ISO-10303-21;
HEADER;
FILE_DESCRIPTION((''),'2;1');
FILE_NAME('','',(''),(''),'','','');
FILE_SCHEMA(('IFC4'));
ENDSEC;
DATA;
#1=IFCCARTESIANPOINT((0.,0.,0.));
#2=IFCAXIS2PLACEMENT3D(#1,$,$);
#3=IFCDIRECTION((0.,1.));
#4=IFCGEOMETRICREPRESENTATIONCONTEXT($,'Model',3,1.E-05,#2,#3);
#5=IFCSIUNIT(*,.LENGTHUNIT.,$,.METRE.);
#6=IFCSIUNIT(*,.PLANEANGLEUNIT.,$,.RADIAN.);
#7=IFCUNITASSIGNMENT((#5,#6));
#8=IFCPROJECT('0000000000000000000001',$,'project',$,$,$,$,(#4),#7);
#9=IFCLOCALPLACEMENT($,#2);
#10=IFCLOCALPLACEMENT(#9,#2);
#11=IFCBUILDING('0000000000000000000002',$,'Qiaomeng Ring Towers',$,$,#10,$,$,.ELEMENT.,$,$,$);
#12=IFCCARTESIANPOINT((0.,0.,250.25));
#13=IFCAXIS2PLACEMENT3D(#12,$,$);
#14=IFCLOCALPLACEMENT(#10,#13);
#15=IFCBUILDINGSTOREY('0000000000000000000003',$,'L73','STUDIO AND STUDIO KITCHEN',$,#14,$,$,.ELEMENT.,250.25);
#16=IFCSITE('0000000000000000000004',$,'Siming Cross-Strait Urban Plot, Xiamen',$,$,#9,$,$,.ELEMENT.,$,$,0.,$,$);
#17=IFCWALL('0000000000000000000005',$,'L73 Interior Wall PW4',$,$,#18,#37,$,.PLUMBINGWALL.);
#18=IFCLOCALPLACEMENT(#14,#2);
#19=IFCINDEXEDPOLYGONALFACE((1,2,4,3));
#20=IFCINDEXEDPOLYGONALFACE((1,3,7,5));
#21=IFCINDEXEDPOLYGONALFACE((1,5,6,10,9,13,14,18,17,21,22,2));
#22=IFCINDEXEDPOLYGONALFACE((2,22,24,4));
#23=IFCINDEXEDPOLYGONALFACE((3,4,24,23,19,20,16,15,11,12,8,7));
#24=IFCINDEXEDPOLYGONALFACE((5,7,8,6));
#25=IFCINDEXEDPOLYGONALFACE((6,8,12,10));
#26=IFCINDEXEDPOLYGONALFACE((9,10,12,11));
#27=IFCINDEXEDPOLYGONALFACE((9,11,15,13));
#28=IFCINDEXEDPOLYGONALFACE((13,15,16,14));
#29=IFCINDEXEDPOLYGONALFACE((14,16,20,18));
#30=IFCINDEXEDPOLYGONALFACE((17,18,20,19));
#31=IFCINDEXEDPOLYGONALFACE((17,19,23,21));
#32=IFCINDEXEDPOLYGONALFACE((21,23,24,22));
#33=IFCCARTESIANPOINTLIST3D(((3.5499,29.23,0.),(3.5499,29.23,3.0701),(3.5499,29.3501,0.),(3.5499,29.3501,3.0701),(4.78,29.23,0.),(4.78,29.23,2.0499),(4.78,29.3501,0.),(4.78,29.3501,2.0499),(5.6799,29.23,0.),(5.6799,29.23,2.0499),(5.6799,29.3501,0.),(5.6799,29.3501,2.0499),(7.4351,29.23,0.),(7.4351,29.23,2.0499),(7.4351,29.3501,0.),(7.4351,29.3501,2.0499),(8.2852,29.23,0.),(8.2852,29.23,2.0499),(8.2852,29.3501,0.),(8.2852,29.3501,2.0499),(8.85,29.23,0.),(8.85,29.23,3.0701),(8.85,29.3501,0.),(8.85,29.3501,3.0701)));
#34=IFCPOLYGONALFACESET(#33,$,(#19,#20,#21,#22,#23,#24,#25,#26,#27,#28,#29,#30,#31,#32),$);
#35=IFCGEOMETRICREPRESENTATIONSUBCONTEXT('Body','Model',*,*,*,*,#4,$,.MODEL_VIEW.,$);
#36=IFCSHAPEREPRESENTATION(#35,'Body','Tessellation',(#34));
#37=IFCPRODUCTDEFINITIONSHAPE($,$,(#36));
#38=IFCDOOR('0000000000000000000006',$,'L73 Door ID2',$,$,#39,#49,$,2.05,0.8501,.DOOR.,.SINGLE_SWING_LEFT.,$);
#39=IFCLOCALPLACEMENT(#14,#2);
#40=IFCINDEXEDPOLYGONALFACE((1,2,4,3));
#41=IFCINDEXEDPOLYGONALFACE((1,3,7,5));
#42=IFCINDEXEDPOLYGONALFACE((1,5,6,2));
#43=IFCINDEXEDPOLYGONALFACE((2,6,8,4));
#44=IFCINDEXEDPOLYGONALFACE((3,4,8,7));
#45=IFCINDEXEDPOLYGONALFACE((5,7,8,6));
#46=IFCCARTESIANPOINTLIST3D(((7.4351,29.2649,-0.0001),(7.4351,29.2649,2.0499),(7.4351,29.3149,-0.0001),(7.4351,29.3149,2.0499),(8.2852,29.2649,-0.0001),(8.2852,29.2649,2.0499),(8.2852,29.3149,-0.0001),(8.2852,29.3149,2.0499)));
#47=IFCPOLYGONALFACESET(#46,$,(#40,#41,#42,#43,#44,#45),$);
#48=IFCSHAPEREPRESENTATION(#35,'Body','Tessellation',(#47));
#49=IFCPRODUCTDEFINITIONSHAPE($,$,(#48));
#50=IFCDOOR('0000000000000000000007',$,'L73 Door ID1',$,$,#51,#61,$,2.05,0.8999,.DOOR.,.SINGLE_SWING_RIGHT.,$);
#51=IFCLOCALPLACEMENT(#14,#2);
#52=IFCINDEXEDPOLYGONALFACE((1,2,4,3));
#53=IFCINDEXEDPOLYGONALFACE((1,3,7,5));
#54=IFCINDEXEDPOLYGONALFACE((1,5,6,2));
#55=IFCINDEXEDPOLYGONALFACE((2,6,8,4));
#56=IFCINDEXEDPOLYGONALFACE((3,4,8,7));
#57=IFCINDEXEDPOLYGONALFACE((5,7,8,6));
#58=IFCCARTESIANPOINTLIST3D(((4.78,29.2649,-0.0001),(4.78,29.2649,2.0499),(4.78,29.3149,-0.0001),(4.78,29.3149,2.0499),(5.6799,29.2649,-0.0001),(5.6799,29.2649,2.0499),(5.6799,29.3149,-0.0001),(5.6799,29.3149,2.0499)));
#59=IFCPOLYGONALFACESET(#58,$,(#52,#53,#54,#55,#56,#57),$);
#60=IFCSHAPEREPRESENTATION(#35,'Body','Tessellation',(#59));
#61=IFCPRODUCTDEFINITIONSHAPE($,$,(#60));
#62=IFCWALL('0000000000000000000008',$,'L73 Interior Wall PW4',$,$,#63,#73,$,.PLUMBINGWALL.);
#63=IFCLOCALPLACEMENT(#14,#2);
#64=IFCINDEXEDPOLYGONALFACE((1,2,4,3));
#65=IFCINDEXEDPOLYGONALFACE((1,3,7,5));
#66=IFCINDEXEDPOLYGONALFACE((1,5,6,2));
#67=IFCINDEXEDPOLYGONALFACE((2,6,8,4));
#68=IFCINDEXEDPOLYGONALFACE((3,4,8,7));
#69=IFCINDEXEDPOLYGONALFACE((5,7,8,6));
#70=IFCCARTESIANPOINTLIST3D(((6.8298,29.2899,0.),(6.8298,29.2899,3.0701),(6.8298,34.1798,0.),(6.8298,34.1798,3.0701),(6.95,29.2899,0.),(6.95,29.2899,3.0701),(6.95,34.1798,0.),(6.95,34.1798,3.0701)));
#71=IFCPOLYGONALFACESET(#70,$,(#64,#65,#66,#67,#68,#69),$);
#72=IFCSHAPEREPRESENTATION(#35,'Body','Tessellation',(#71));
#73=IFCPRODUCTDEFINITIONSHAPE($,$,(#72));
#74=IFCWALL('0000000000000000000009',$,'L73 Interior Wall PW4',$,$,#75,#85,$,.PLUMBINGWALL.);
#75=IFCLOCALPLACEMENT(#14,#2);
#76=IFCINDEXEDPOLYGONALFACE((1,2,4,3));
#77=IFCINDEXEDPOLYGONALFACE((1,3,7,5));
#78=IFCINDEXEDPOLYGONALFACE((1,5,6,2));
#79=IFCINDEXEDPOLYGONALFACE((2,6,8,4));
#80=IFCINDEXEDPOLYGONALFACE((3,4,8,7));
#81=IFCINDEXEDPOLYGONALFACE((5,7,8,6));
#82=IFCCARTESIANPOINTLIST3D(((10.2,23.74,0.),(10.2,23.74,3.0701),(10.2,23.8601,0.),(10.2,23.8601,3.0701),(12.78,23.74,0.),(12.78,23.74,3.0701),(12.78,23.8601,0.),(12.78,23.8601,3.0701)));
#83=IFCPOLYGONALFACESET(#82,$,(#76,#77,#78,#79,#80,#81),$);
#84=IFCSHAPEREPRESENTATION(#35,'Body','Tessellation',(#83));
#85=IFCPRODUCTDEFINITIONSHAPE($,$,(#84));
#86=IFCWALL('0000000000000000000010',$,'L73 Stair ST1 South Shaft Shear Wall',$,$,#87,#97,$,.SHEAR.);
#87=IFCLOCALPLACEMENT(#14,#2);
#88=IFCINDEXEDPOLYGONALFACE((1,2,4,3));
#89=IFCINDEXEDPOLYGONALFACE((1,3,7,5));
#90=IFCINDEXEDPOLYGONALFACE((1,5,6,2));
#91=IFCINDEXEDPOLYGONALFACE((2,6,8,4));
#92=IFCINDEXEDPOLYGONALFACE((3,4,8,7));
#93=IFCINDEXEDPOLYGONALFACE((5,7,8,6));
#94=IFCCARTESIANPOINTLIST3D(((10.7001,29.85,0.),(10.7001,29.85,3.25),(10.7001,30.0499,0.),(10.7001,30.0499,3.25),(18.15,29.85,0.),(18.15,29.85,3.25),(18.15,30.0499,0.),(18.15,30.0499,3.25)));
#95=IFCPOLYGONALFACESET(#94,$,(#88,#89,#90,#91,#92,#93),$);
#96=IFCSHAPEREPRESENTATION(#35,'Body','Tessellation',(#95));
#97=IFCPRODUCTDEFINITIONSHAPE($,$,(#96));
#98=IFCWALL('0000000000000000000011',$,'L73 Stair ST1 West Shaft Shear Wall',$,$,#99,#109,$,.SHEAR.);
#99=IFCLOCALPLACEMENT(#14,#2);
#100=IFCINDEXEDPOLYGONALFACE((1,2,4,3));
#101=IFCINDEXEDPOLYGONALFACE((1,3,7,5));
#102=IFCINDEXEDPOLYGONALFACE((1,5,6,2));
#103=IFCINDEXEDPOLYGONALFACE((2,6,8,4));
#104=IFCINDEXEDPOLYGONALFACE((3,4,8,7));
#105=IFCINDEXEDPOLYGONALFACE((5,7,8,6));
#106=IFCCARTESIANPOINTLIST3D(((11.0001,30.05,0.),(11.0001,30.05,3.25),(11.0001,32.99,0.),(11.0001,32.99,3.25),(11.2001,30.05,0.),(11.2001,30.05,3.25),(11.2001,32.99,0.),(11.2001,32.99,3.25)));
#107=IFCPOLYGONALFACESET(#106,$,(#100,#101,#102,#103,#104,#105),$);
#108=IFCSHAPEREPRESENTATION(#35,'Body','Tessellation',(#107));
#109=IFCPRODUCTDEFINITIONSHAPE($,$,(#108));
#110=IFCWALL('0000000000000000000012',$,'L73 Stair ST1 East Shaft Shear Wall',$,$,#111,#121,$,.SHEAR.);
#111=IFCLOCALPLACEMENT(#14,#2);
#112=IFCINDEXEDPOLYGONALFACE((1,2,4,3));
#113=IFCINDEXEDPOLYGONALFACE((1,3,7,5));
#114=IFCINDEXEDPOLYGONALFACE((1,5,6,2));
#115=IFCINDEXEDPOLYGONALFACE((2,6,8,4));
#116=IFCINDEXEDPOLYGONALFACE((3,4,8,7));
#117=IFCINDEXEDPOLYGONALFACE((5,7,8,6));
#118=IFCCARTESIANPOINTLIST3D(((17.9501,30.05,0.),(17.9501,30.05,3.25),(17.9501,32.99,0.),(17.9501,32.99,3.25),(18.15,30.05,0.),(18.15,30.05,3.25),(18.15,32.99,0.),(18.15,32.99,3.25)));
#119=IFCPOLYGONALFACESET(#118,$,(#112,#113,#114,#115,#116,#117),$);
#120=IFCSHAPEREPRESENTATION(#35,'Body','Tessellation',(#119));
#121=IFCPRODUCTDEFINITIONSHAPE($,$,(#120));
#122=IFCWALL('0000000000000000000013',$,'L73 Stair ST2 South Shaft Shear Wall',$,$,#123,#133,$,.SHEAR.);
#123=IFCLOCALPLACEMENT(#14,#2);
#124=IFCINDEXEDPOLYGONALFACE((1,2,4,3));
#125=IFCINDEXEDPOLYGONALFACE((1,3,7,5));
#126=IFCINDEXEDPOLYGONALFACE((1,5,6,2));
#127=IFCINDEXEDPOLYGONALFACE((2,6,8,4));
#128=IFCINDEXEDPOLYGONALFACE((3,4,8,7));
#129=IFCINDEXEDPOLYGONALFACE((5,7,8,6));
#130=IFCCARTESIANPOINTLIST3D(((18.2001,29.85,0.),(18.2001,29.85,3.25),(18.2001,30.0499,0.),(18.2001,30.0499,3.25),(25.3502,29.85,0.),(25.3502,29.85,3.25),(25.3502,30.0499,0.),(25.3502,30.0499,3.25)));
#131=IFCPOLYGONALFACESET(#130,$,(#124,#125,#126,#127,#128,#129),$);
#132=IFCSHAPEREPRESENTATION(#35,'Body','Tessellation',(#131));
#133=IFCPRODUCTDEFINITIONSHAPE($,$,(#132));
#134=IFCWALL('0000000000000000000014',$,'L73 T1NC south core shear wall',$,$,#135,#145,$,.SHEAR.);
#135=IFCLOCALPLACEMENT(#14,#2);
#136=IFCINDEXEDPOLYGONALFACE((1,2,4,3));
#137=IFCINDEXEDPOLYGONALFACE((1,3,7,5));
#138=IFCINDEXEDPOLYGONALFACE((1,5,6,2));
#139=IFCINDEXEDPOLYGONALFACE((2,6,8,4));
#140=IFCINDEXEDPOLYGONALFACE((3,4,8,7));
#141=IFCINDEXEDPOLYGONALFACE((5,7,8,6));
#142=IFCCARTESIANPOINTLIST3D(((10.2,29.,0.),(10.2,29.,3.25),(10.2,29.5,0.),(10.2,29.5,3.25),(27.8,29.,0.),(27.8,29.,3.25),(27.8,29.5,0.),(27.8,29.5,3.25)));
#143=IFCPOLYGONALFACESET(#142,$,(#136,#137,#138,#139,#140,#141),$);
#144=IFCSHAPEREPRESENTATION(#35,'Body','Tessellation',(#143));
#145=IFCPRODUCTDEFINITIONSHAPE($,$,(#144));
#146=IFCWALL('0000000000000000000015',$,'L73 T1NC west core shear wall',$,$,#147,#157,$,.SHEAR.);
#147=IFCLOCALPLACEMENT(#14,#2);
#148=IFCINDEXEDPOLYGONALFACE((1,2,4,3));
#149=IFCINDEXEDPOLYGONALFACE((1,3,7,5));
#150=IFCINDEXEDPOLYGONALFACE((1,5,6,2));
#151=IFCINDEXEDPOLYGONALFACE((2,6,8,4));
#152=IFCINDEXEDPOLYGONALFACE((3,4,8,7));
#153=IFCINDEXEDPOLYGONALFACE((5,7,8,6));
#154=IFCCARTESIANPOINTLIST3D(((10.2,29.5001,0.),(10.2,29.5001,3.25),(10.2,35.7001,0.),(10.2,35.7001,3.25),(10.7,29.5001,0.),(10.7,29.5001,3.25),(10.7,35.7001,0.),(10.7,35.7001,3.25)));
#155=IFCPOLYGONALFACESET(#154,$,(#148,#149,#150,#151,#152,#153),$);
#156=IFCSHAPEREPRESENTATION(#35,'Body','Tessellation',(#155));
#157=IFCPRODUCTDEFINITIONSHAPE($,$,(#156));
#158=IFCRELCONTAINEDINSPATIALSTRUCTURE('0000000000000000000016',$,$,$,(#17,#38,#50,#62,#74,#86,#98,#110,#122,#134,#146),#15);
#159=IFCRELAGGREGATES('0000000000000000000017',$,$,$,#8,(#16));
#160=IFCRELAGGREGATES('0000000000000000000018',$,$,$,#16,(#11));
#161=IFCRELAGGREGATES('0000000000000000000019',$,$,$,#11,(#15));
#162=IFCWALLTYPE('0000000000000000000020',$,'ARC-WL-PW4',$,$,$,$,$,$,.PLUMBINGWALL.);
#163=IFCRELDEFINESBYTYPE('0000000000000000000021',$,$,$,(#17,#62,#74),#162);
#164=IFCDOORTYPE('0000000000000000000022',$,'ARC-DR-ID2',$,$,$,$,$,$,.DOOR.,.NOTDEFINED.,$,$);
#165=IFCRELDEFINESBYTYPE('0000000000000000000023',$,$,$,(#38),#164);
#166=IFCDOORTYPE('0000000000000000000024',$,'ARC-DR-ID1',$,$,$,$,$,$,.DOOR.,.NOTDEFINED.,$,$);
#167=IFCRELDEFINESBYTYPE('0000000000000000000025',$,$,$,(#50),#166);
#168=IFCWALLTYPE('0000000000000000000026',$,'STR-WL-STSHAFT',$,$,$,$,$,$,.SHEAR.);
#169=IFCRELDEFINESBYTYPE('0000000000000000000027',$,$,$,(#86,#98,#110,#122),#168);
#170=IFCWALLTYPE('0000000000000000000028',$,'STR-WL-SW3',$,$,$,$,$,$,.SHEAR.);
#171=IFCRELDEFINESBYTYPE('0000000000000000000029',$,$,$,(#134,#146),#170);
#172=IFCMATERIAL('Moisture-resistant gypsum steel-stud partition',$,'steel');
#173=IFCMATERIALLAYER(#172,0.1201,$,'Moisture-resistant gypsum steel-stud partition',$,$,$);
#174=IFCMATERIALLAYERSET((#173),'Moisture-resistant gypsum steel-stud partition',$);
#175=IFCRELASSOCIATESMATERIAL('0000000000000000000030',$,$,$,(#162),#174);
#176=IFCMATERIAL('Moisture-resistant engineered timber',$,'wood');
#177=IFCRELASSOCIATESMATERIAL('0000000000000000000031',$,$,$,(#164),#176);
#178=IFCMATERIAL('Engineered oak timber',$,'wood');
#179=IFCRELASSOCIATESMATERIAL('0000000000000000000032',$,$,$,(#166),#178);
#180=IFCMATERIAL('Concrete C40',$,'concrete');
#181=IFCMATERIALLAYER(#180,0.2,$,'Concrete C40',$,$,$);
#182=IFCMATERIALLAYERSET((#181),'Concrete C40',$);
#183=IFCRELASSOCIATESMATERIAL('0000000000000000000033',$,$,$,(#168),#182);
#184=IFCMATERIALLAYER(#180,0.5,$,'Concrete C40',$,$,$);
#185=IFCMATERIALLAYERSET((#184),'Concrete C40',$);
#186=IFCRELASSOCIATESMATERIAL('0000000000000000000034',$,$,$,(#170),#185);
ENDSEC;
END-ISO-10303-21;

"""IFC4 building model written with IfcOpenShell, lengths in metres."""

from ifc_helpers import new_model, si_unit, direction, frame, frame_2d, origin, place, context, subcontext, project, spatial, rectangle, extrude, source, transform, mapped, material, layer, layer_set, type_object, element, fill, save


model = new_model("IFC4")

# Units and contexts
model_context = context("Model", 3, precision=1e-05, world=origin(), true_north=direction((0.0, 1.0)))
body_context = subcontext(model_context, "Body", "Model", "MODEL_VIEW")
ifc_project = project(units=[si_unit("LENGTHUNIT", "METRE"), si_unit("PLANEANGLEUNIT", "RADIAN")], contexts=[model_context])

# Site, building, storey
site_placement = place(None, origin())
site = spatial("IfcSite", under=ifc_project, at=site_placement, Name="Siming Cross-Strait Urban Plot, Xiamen", CompositionType="ELEMENT", RefElevation=0.0)
building_placement = place(site_placement, origin())
building = spatial("IfcBuilding", under=site, at=building_placement, Name="Qiaomeng Ring Towers", CompositionType="ELEMENT")
storey_placement = place(building_placement, frame((0.0, 0.0, 250.25)))
storey = spatial("IfcBuildingStorey", under=building, at=storey_placement, Name="L73", Description="STUDIO AND STUDIO KITCHEN", CompositionType="ELEMENT", Elevation=250.25)

# Shared definitions
ifc_material_1 = material(Name="Concrete C40", Category="concrete")

# Wall, openings, doors
ifc_material_2 = material(Name="Moisture-resistant gypsum steel-stud partition", Category="steel")
ifc_layer_1 = layer(ifc_material_2, 0.1201, Name="Moisture-resistant gypsum steel-stud partition")
ifc_layer_set_1 = layer_set([ifc_layer_1], Name="Moisture-resistant gypsum steel-stud partition")
wall_type_1 = type_object("IfcWallType", Name="ARC-WL-PW4", PredefinedType="PLUMBINGWALL", material=ifc_layer_set_1)
wall_1_placement = place(storey_placement, frame((3.55, 29.29, 0.0), z_axis=(0.0, 0.0, 1.0), x_axis=(1.0, 0.0, 0.0)))
wall_1 = element("IfcWall", 1, at=wall_1_placement, inside=storey, type_object=wall_type_1, Name="L73 Interior Wall PW4", PredefinedType="PLUMBINGWALL", context=body_context, shape_type="SweptSolid", body=[
    extrude(rectangle(XDim=5.3, YDim=0.1201, at=frame_2d((2.6499, 0.0))), origin(), (0.0, 0.0, 1.0), 3.0701),
])
opening_1_placement = place(wall_1_placement, frame((1.23, 0.0, 0.0)))
opening_1 = element("IfcOpeningElement", 2, at=opening_1_placement, cuts=wall_1, PredefinedType="OPENING", context=body_context, shape_type="SweptSolid", body=[
    extrude(rectangle(XDim=0.8999, YDim=2.05, at=frame_2d((0.45, 1.0249))), frame((0.0, 0.0701, 0.0), z_axis=(0.0, -1.0, 0.0), x_axis=(1.0, 0.0, 0.0)), (0.0, 0.0, 1.0), 0.1401),
])
opening_2_placement = place(wall_1_placement, frame((3.885, 0.0, 0.0)))
opening_2 = element("IfcOpeningElement", 3, at=opening_2_placement, cuts=wall_1, PredefinedType="OPENING", context=body_context, shape_type="SweptSolid", body=[
    extrude(rectangle(XDim=0.8501, YDim=2.05, at=frame_2d((0.425, 1.0249))), frame((0.0, 0.0701, 0.0), z_axis=(0.0, -1.0, 0.0), x_axis=(1.0, 0.0, 0.0)), (0.0, 0.0, 1.0), 0.1401),
])
ifc_material_3 = material(Name="Moisture-resistant engineered timber", Category="wood")
door_type_1 = type_object("IfcDoorType", Name="ARC-DR-ID2", OperationType="NOTDEFINED", PredefinedType="DOOR", material=ifc_material_3)
shared_shape_1 = source(origin(), body_context, "Body", "SweptSolid", [
    extrude(rectangle(XDim=0.8501, YDim=2.05, at=frame_2d((0.425, 1.0249))), frame((0.0, 0.0249, 0.0), z_axis=(0.0, -1.0, 0.0), x_axis=(1.0, 0.0, 0.0)), (0.0, 0.0, 1.0), 0.05),
])
door_1_placement = place(opening_2_placement, origin())
door_1 = element("IfcDoor", 4, at=door_1_placement, inside=storey, type_object=door_type_1, Name="L73 Door ID2", OperationType="SINGLE_SWING_LEFT", OverallHeight=2.05, OverallWidth=0.8501, PredefinedType="DOOR", context=body_context, shape_type="MappedRepresentation", body=[
    mapped(shared_shape_1, transform((0.0, 0.0, 0.0), x_axis=(1.0, 0.0, 0.0), y_axis=(0.0, 1.0, 0.0), z_axis=(0.0, 0.0, 1.0), scale=1.0)),
])
fill(opening_2, door_1)
ifc_material_4 = material(Name="Engineered oak timber", Category="wood")
door_type_2 = type_object("IfcDoorType", Name="ARC-DR-ID1", OperationType="NOTDEFINED", PredefinedType="DOOR", material=ifc_material_4)
shared_shape_2 = source(origin(), body_context, "Body", "SweptSolid", [
    extrude(rectangle(XDim=0.8999, YDim=2.05, at=frame_2d((0.45, 1.0249))), frame((0.0, 0.0249, 0.0), z_axis=(0.0, -1.0, 0.0), x_axis=(1.0, 0.0, 0.0)), (0.0, 0.0, 1.0), 0.05),
])
door_2_placement = place(opening_1_placement, origin())
door_2 = element("IfcDoor", 5, at=door_2_placement, inside=storey, type_object=door_type_2, Name="L73 Door ID1", OperationType="SINGLE_SWING_RIGHT", OverallHeight=2.05, OverallWidth=0.8999, PredefinedType="DOOR", context=body_context, shape_type="MappedRepresentation", body=[
    mapped(shared_shape_2, transform((0.0, 0.0, 0.0), x_axis=(1.0, 0.0, 0.0), y_axis=(0.0, 1.0, 0.0), z_axis=(0.0, 0.0, 1.0), scale=1.0)),
])
fill(opening_1, door_2)

# Walls
wall_2_placement = place(storey_placement, frame((6.8899, 29.29, 0.0), z_axis=(0.0, 0.0, 1.0), x_axis=(0.0, 1.0, 0.0)))
element("IfcWall", 6, at=wall_2_placement, inside=storey, type_object=wall_type_1, Name="L73 Interior Wall PW4", PredefinedType="PLUMBINGWALL", context=body_context, shape_type="SweptSolid", body=[
    extrude(rectangle(XDim=4.8899, YDim=0.1201, at=frame_2d((2.4448, 0.0))), origin(), (0.0, 0.0, 1.0), 3.0701),
])
wall_3_placement = place(storey_placement, frame((10.2, 23.8, 0.0), z_axis=(0.0, 0.0, 1.0), x_axis=(1.0, 0.0, 0.0)))
element("IfcWall", 7, at=wall_3_placement, inside=storey, type_object=wall_type_1, Name="L73 Interior Wall PW4", PredefinedType="PLUMBINGWALL", context=body_context, shape_type="SweptSolid", body=[
    extrude(rectangle(XDim=2.5801, YDim=0.1201, at=frame_2d((1.29, 0.0))), origin(), (0.0, 0.0, 1.0), 3.0701),
])
ifc_layer_2 = layer(ifc_material_1, 0.2, Name="Concrete C40")
ifc_layer_set_2 = layer_set([ifc_layer_2], Name="Concrete C40")
wall_type_2 = type_object("IfcWallType", Name="STR-WL-STSHAFT", PredefinedType="SHEAR", material=ifc_layer_set_2)
wall_4_placement = place(storey_placement, frame((10.7, 29.95, 0.0), z_axis=(0.0, 0.0, 1.0), x_axis=(1.0, 0.0, 0.0)))
element("IfcWall", 8, at=wall_4_placement, inside=storey, type_object=wall_type_2, Name="L73 Stair ST1 South Shaft Shear Wall", PredefinedType="SHEAR", context=body_context, shape_type="SweptSolid", body=[
    extrude(rectangle(XDim=7.45, YDim=0.2, at=frame_2d((3.7251, 0.0))), origin(), (0.0, 0.0, 1.0), 3.25),
])
for number, where, z_axis, x_axis, name in (
    (9, (11.1001, 30.05, 0.0), (0.0, 0.0, 1.0), (0.0, 1.0, 0.0), "L73 Stair ST1 West Shaft Shear Wall"),
    (10, (18.05, 30.05, 0.0), (0.0, 0.0, 1.0), (0.0, 1.0, 0.0), "L73 Stair ST1 East Shaft Shear Wall"),
):
    element("IfcWall", number, at=place(storey_placement, frame(where, z_axis=z_axis, x_axis=x_axis)), inside=storey, type_object=wall_type_2, Name=name, PredefinedType="SHEAR", context=body_context, shape_type="SweptSolid", body=[
        extrude(rectangle(XDim=2.9399, YDim=0.2, at=frame_2d((1.47, 0.0))), origin(), (0.0, 0.0, 1.0), 3.25),
    ])
wall_5_placement = place(storey_placement, frame((18.2, 29.95, 0.0), z_axis=(0.0, 0.0, 1.0), x_axis=(1.0, 0.0, 0.0)))
element("IfcWall", 11, at=wall_5_placement, inside=storey, type_object=wall_type_2, Name="L73 Stair ST2 South Shaft Shear Wall", PredefinedType="SHEAR", context=body_context, shape_type="SweptSolid", body=[
    extrude(rectangle(XDim=7.1501, YDim=0.2, at=frame_2d((3.5752, 0.0))), origin(), (0.0, 0.0, 1.0), 3.25),
])
ifc_layer_3 = layer(ifc_material_1, 0.5, Name="Concrete C40")
ifc_layer_set_3 = layer_set([ifc_layer_3], Name="Concrete C40")
wall_type_3 = type_object("IfcWallType", Name="STR-WL-SW3", PredefinedType="SHEAR", material=ifc_layer_set_3)
wall_6_placement = place(storey_placement, frame((10.2, 29.25, 0.0), z_axis=(0.0, 0.0, 1.0), x_axis=(1.0, 0.0, 0.0)))
element("IfcWall", 12, at=wall_6_placement, inside=storey, type_object=wall_type_3, Name="L73 T1NC south core shear wall", PredefinedType="SHEAR", context=body_context, shape_type="SweptSolid", body=[
    extrude(rectangle(XDim=17.6001, YDim=0.5, at=frame_2d((8.8, 0.0))), origin(), (0.0, 0.0, 1.0), 3.25),
])
wall_7_placement = place(storey_placement, frame((10.45, 29.5, 0.0), z_axis=(0.0, 0.0, 1.0), x_axis=(0.0, 1.0, 0.0)))
element("IfcWall", 13, at=wall_7_placement, inside=storey, type_object=wall_type_3, Name="L73 T1NC west core shear wall", PredefinedType="SHEAR", context=body_context, shape_type="SweptSolid", body=[
    extrude(rectangle(XDim=6.2, YDim=0.5, at=frame_2d((3.1001, 0.0))), origin(), (0.0, 0.0, 1.0), 3.25),
])

save(model, "model.ifc")
